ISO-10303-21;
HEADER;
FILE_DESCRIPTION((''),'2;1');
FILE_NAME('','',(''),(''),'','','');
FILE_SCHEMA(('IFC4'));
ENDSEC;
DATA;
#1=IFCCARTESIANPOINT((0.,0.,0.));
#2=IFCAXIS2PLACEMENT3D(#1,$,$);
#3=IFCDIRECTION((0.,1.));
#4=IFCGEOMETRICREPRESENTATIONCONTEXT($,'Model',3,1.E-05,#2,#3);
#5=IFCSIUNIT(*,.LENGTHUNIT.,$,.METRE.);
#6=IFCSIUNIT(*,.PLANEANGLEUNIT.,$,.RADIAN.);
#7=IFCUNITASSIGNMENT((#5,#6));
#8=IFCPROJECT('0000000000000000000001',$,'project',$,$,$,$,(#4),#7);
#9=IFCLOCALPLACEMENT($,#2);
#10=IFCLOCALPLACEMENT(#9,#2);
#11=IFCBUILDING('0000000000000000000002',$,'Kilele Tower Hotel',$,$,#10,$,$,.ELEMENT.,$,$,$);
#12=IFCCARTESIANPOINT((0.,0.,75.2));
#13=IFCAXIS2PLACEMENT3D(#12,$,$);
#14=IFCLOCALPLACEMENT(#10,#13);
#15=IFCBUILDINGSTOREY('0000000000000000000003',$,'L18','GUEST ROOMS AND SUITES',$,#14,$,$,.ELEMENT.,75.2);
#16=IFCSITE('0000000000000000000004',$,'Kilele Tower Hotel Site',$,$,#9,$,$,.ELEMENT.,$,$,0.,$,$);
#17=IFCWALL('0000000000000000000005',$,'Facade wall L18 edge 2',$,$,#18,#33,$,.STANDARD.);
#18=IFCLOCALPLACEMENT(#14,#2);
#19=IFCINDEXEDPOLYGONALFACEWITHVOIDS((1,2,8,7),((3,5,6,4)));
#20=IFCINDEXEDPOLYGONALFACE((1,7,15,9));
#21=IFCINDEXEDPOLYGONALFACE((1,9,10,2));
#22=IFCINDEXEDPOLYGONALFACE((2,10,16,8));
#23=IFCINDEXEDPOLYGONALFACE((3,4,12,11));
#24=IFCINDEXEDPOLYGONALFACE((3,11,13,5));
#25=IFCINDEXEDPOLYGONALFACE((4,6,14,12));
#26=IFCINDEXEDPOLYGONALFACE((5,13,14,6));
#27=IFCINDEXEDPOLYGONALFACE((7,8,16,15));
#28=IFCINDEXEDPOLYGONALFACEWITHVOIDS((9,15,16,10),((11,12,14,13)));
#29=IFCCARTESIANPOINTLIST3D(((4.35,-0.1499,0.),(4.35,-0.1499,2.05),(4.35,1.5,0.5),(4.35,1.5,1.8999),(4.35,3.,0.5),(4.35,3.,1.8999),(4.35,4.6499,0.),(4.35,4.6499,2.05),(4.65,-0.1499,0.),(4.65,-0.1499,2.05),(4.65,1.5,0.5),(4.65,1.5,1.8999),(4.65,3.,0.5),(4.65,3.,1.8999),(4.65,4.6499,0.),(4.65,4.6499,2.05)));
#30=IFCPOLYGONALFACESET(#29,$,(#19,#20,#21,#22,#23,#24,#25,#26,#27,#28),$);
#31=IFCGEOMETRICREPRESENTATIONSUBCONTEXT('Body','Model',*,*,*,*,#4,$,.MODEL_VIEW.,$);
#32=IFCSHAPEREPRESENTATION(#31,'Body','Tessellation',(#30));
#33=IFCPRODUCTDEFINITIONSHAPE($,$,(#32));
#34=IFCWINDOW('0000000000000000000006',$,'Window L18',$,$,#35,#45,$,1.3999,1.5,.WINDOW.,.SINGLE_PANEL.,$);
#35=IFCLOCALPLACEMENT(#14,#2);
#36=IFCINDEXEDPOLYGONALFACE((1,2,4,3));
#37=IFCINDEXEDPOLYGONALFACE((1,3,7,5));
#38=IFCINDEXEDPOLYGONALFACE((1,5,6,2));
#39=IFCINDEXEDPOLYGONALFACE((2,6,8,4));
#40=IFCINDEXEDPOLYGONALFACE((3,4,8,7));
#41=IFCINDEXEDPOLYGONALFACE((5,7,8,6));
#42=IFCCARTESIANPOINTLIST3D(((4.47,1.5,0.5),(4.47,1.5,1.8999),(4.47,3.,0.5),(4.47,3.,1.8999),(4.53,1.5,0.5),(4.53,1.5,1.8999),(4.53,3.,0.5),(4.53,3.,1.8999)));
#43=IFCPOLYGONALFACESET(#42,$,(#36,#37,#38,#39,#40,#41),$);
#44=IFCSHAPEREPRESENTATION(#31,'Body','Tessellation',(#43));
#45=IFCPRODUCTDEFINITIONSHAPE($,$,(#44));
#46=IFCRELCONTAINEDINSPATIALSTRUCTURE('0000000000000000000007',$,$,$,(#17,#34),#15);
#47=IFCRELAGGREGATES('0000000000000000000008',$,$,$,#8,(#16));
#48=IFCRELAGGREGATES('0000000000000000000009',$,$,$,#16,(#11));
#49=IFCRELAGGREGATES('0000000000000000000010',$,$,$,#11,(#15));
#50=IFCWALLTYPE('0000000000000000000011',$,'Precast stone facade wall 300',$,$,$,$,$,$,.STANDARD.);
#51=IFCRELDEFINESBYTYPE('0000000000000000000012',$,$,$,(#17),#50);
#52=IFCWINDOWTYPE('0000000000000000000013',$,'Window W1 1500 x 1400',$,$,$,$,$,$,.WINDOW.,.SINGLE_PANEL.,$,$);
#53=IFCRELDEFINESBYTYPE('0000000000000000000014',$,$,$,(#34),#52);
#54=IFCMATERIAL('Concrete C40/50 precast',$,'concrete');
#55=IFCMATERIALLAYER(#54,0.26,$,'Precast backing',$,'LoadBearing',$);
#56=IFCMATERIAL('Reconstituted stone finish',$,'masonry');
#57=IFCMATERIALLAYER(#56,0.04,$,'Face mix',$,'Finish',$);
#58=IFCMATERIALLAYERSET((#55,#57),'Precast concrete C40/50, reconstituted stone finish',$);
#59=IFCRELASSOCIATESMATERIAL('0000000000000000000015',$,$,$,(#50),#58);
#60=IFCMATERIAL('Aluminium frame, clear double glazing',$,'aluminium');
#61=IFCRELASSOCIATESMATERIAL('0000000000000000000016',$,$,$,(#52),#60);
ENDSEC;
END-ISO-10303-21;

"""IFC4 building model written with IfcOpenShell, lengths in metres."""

from ifc_helpers import new_model, si_unit, direction, frame, frame_2d, origin, place, context, subcontext, project, spatial, rectangle, extrude, material, layer, layer_set, type_object, element, fill, save


model = new_model("IFC4")

# Units and contexts
model_context = context("Model", 3, precision=1e-05, world=origin(), true_north=direction((0.0, 1.0)))
body_context = subcontext(model_context, "Body", "Model", "MODEL_VIEW")
ifc_project = project(units=[si_unit("LENGTHUNIT", "METRE"), si_unit("PLANEANGLEUNIT", "RADIAN")], contexts=[model_context])

# Site, building, storey
site_placement = place(None, origin())
site = spatial("IfcSite", under=ifc_project, at=site_placement, Name="Kilele Tower Hotel Site", CompositionType="ELEMENT", RefElevation=0.0)
building_placement = place(site_placement, origin())
building = spatial("IfcBuilding", under=site, at=building_placement, Name="Kilele Tower Hotel", CompositionType="ELEMENT")
storey_placement = place(building_placement, frame((0.0, 0.0, 75.2)))
storey = spatial("IfcBuildingStorey", under=building, at=storey_placement, Name="L18", Description="GUEST ROOMS AND SUITES", CompositionType="ELEMENT", Elevation=75.2)

# Wall, opening, window
ifc_material_1 = material(Name="Concrete C40/50 precast", Category="concrete")
ifc_layer_1 = layer(ifc_material_1, 0.26, Name="Precast backing", Category="LoadBearing")
ifc_material_2 = material(Name="Reconstituted stone finish", Category="masonry")
ifc_layer_2 = layer(ifc_material_2, 0.04, Name="Face mix", Category="Finish")
ifc_layer_set_1 = layer_set([ifc_layer_1, ifc_layer_2], Name="Precast concrete C40/50, reconstituted stone finish")
wall_type_1 = type_object("IfcWallType", Name="Precast stone facade wall 300", PredefinedType="STANDARD", material=ifc_layer_set_1)
wall_1_placement = place(storey_placement, frame((4.5, 4.6499, 0.0), z_axis=(0.0, 0.0, 1.0), x_axis=(0.0, -1.0, 0.0)))
wall_1 = element("IfcWall", 1, at=wall_1_placement, inside=storey, type_object=wall_type_1, Name="Facade wall L18 edge 2", PredefinedType="STANDARD", context=body_context, shape_type="SweptSolid", body=[
    extrude(rectangle(XDim=4.7998, YDim=0.3, at=frame_2d((2.3999, 0.0))), origin(), (0.0, 0.0, 1.0), 2.05),
])
opening_1_placement = place(wall_1_placement, frame((1.6499, 0.0, 0.5)))
opening_1 = element("IfcOpeningElement", 2, at=opening_1_placement, cuts=wall_1, PredefinedType="OPENING", context=body_context, shape_type="SweptSolid", body=[
    extrude(rectangle(XDim=1.5, YDim=1.3999, at=frame_2d((0.75, 0.7))), frame((0.0, 0.1599, 0.0), z_axis=(0.0, -1.0, 0.0), x_axis=(1.0, 0.0, 0.0)), (0.0, 0.0, 1.0), 0.3201),
])
ifc_material_3 = material(Name="Aluminium frame, clear double glazing", Category="aluminium")
window_type = type_object("IfcWindowType", Name="Window W1 1500 x 1400", PartitioningType="SINGLE_PANEL", PredefinedType="WINDOW", material=ifc_material_3)
window_placement = place(opening_1_placement, origin())
window = element("IfcWindow", 3, at=window_placement, inside=storey, type_object=window_type, Name="Window L18", OverallHeight=1.3999, OverallWidth=1.5, PartitioningType="SINGLE_PANEL", PredefinedType="WINDOW", context=body_context, shape_type="SweptSolid", body=[
    extrude(rectangle(XDim=1.5, YDim=1.3999, at=frame_2d((0.75, 0.7))), frame((0.0, 0.03, 0.0), z_axis=(0.0, -1.0, 0.0), x_axis=(1.0, 0.0, 0.0)), (0.0, 0.0, 1.0), 0.0601),
])
fill(opening_1, window)

save(model, "model.ifc")
